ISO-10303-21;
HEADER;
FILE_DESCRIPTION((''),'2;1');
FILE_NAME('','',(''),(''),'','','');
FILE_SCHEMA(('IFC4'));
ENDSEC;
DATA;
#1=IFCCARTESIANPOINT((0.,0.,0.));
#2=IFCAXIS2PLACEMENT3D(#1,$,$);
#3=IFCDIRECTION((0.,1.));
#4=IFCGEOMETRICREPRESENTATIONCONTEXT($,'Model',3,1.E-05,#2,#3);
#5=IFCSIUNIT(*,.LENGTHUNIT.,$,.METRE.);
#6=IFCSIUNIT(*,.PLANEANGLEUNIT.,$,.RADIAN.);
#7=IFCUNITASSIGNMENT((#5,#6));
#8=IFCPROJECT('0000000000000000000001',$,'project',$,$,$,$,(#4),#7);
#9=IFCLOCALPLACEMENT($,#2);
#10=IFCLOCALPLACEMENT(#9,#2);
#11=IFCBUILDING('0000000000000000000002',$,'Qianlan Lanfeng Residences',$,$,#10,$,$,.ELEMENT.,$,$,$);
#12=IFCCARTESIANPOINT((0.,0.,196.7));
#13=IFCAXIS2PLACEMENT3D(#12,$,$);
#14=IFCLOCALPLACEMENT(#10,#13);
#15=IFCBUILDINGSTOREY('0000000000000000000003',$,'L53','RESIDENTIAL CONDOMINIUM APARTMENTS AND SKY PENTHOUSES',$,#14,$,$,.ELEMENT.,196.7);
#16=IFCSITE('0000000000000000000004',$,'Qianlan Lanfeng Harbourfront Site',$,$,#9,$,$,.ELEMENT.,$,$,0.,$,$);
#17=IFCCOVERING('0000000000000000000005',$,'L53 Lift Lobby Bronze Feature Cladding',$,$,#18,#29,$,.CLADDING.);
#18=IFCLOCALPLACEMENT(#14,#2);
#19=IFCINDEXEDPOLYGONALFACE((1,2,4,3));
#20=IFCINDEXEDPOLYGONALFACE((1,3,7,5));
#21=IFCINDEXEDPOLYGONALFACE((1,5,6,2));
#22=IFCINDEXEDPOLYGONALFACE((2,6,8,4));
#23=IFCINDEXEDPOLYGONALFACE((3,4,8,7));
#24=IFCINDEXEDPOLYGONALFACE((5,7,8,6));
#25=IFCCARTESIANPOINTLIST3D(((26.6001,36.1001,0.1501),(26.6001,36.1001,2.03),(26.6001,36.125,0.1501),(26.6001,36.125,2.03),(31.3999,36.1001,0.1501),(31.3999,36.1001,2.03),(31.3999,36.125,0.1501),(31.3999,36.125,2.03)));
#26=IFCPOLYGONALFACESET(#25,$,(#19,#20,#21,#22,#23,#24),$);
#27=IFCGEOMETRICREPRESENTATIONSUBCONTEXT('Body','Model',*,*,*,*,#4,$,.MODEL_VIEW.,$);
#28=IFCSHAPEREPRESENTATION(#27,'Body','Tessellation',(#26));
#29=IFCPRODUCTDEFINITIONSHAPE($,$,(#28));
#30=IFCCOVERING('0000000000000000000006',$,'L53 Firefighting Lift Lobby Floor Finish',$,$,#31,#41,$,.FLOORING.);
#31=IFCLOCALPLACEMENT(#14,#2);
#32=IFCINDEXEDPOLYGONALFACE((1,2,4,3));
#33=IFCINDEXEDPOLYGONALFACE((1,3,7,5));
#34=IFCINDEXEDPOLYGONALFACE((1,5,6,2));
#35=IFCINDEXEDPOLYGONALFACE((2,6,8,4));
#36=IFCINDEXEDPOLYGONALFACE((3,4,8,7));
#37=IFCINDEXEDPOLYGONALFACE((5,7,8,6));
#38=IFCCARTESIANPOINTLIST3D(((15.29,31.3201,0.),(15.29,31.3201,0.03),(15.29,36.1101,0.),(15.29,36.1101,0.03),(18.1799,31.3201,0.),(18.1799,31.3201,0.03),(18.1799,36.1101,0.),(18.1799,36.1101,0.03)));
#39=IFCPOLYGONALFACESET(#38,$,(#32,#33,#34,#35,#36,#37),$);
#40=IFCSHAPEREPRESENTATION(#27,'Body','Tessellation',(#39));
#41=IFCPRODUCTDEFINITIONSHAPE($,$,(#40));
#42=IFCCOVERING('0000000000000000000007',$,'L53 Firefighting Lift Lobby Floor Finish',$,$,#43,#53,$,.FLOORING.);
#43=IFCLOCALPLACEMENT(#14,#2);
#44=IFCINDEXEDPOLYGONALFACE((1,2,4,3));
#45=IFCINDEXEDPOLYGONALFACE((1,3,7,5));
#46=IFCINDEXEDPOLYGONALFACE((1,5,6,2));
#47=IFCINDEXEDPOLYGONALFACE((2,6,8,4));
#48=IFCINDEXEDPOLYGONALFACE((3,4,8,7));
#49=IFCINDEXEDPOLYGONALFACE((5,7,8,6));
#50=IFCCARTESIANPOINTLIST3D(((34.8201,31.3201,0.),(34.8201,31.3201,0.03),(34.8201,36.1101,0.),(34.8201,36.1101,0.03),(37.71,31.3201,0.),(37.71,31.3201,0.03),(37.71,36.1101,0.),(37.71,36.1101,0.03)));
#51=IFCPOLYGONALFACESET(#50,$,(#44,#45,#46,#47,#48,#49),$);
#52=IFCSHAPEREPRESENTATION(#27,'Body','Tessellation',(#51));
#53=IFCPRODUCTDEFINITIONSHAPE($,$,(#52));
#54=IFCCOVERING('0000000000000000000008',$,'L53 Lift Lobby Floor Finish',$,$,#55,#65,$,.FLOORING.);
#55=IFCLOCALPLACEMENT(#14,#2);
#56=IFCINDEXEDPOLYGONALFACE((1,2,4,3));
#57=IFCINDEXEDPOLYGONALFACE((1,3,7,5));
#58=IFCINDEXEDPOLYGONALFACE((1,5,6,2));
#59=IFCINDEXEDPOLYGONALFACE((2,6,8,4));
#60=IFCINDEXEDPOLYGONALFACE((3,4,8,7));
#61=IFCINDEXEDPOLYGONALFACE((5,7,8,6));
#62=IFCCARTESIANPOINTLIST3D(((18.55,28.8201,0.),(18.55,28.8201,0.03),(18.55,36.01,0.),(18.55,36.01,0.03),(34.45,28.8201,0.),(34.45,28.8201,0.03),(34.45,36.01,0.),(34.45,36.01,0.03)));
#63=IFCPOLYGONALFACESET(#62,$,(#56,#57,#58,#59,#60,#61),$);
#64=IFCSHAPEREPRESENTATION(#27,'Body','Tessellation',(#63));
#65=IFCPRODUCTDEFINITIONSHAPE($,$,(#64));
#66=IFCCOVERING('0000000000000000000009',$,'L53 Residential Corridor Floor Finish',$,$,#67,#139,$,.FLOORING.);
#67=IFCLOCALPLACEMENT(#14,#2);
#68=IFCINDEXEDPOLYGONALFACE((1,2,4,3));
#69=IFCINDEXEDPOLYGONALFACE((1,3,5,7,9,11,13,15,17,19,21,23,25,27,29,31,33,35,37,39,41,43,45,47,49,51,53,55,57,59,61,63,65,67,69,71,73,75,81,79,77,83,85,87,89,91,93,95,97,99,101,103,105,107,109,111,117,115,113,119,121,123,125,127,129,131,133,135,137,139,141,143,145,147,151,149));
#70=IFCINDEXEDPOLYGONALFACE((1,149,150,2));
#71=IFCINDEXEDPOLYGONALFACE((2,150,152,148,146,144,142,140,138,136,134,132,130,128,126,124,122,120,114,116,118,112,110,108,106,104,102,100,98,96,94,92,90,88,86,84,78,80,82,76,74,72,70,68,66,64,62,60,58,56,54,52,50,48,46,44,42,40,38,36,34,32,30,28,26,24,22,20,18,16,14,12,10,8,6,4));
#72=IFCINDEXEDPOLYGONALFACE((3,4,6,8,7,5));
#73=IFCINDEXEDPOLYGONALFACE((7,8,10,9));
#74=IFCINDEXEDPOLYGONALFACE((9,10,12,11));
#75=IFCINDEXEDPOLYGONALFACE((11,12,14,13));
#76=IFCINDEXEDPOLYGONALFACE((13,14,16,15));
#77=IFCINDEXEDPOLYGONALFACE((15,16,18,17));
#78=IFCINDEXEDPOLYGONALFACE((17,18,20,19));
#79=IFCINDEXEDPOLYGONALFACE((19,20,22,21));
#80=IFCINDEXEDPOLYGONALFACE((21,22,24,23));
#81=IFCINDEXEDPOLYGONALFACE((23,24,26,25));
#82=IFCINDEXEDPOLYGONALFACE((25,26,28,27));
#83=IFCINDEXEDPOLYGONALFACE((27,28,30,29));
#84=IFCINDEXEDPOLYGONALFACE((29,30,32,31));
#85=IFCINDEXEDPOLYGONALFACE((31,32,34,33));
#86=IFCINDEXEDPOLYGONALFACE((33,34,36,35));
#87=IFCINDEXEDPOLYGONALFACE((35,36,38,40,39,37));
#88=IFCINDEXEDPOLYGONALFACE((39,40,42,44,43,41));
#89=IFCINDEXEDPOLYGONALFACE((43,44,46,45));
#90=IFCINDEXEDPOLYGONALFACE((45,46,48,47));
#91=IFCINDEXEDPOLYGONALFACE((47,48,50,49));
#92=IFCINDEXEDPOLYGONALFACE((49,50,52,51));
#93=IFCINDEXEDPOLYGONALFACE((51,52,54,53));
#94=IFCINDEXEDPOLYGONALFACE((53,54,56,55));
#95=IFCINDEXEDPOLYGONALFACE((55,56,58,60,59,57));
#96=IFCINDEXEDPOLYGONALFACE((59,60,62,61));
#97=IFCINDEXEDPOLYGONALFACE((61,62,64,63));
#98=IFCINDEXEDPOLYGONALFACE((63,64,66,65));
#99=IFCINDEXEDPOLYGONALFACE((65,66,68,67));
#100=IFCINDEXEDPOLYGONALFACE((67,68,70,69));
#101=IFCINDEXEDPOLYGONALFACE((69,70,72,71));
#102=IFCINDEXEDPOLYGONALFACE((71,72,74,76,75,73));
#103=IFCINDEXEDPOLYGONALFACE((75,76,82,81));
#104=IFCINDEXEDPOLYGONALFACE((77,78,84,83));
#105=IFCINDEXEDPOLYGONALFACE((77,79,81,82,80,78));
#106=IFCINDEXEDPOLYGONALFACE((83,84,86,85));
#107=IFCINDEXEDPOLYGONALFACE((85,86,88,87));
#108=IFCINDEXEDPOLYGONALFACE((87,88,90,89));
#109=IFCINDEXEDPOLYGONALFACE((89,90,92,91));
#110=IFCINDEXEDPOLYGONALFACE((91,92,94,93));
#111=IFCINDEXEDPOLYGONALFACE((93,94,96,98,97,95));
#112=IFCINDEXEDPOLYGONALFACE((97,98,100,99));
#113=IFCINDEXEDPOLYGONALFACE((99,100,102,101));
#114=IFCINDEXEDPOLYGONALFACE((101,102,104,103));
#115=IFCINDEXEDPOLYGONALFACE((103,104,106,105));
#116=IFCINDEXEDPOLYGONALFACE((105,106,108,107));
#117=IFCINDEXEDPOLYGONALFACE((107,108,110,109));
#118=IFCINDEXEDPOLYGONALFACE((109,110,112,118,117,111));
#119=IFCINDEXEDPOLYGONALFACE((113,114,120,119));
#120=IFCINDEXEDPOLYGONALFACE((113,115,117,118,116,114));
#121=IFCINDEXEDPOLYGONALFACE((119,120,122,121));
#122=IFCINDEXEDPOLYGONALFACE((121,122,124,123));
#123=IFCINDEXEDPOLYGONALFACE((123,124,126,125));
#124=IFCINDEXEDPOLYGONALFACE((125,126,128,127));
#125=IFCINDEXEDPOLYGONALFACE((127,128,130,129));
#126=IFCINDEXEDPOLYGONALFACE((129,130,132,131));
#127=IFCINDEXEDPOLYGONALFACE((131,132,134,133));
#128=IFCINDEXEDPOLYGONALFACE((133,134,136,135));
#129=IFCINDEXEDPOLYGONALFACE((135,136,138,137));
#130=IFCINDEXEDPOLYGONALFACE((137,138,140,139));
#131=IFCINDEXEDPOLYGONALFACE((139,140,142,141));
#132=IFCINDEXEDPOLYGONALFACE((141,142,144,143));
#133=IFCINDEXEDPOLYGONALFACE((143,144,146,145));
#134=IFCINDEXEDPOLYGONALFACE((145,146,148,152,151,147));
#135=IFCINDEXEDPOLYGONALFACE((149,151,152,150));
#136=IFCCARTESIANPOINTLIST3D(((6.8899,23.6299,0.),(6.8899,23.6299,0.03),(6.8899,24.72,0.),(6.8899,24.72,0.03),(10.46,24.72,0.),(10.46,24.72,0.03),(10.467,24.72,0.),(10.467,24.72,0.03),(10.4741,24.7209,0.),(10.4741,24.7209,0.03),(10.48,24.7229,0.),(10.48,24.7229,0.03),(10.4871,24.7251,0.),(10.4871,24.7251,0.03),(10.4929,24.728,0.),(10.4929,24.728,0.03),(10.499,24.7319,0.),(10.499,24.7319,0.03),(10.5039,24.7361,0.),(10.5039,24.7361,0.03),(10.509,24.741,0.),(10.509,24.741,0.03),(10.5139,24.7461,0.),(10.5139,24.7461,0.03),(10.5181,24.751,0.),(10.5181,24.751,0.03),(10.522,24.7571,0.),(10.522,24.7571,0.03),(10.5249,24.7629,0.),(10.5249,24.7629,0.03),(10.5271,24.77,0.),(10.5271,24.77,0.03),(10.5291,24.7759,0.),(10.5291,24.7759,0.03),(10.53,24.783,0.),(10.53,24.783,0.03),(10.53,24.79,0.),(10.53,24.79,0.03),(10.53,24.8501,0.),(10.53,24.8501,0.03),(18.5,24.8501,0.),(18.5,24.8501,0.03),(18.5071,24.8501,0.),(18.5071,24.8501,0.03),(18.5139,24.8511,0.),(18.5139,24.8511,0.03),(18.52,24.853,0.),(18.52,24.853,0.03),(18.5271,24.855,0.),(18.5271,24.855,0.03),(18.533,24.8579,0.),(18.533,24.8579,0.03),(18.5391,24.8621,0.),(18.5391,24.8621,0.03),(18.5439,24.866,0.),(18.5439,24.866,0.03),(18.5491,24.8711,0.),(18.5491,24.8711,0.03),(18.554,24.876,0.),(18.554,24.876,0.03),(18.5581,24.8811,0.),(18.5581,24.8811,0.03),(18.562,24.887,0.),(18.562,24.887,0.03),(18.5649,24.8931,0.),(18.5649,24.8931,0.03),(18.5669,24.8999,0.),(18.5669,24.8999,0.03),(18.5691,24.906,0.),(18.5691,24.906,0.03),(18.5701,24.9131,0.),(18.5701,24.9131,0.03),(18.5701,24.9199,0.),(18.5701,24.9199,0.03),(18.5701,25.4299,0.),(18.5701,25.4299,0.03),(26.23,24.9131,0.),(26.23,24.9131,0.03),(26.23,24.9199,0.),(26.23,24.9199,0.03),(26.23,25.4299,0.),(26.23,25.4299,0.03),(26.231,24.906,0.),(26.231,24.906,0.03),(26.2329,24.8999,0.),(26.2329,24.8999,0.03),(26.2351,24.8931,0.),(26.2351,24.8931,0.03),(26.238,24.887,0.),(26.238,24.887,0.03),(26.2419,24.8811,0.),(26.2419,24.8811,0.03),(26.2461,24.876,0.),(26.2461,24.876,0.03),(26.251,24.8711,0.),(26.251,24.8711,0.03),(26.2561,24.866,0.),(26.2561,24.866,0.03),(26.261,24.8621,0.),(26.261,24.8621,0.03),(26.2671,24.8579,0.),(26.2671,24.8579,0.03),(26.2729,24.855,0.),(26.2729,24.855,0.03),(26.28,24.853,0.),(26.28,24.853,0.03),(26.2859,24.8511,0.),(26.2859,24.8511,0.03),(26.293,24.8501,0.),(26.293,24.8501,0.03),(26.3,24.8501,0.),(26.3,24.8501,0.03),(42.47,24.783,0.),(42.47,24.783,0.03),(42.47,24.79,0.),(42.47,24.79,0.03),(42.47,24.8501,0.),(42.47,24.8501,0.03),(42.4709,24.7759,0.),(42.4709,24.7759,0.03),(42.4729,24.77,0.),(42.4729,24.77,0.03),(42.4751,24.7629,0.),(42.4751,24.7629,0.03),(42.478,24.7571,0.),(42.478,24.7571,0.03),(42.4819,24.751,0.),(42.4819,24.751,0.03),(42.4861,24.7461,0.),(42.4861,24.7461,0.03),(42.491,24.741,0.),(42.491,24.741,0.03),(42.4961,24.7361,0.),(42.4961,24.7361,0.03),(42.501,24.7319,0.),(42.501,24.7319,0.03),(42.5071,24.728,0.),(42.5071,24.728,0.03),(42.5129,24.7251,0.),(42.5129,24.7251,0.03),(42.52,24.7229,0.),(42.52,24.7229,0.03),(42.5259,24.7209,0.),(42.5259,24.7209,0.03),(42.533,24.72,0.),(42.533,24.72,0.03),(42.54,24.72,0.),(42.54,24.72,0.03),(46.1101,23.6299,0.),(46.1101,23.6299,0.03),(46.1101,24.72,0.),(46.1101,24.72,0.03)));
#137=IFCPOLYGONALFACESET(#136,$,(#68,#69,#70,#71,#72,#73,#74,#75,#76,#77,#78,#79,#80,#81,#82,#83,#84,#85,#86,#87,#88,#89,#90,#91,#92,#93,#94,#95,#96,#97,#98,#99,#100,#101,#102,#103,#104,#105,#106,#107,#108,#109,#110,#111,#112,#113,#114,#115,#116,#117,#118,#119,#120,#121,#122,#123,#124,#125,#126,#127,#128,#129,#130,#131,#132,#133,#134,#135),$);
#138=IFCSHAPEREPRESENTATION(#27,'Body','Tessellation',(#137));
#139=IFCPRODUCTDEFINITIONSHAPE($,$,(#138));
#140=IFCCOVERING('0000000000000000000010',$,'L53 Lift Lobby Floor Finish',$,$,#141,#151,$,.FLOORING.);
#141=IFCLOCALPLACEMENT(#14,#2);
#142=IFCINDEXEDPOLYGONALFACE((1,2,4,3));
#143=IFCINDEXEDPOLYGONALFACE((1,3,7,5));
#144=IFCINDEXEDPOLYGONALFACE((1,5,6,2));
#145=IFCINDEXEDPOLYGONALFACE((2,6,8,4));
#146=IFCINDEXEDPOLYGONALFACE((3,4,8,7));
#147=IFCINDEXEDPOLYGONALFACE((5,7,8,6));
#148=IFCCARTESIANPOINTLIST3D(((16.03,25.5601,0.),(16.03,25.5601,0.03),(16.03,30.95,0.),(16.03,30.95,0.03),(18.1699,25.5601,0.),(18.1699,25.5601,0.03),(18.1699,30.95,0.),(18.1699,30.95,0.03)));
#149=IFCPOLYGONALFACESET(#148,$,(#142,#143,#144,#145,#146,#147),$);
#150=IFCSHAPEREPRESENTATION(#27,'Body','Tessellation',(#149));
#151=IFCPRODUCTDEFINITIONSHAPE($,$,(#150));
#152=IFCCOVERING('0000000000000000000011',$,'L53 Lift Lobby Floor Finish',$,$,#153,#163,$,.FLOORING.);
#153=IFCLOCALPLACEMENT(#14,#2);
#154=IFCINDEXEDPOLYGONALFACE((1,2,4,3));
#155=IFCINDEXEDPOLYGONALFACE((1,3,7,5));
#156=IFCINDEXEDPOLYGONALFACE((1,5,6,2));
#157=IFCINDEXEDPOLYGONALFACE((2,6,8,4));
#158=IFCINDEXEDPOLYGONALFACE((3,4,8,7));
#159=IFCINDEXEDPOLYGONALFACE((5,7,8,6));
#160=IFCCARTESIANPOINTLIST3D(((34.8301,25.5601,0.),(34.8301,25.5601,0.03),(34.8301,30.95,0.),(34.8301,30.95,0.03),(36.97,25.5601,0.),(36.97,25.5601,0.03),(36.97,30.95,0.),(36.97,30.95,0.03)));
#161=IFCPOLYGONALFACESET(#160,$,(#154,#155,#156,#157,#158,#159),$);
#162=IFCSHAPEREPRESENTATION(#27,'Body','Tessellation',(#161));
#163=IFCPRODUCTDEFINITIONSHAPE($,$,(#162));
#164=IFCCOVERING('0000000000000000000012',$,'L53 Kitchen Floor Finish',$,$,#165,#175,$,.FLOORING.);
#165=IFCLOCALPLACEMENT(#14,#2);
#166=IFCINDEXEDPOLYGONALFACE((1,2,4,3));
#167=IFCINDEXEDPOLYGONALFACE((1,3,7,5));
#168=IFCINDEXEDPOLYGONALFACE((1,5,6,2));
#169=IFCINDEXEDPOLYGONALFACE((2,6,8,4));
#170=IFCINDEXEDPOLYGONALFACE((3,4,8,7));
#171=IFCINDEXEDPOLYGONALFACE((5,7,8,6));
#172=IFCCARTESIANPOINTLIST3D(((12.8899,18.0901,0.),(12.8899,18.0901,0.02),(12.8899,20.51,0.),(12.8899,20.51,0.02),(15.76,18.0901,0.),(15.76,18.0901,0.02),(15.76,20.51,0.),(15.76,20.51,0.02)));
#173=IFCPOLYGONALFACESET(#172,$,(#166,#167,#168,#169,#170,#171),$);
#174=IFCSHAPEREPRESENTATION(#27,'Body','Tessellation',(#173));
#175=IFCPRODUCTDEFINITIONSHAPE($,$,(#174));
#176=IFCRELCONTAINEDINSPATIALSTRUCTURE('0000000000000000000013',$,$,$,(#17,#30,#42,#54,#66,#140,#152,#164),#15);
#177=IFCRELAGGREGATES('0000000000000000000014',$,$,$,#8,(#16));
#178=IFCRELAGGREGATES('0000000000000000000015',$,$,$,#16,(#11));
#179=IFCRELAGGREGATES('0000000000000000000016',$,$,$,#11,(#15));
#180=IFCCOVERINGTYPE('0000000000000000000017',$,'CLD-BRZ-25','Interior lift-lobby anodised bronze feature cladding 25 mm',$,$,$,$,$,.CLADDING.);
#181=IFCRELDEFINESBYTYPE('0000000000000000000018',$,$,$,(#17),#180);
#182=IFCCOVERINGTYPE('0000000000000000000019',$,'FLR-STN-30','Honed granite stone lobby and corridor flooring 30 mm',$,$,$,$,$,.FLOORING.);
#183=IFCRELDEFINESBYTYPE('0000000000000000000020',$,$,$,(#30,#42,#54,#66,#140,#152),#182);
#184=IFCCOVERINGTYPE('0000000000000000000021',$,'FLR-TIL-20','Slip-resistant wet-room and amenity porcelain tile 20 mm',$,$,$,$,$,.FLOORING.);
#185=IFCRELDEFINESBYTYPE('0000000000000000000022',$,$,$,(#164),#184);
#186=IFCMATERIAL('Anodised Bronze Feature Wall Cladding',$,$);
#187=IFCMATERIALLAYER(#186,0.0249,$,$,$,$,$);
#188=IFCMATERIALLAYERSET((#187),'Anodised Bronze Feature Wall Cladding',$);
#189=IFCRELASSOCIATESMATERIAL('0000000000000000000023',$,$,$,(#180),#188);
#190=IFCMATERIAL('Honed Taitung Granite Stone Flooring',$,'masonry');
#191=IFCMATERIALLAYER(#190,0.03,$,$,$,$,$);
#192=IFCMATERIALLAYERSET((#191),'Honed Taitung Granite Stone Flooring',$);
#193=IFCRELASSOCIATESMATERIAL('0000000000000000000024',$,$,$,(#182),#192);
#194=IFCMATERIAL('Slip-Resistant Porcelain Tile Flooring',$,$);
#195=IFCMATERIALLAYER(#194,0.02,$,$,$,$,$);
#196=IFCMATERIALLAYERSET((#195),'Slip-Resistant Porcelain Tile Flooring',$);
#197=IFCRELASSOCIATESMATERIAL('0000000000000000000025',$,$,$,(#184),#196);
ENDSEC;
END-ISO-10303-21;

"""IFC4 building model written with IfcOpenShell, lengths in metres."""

from ifc_helpers import new_model, si_unit, direction, frame, origin, place, context, subcontext, project, spatial, polyline, outline, extrude, material, layer, layer_set, type_object, element, save


model = new_model("IFC4")

# Units and contexts
model_context = context("Model", 3, precision=1e-05, world=origin(), true_north=direction((0.0, 1.0)))
body_context = subcontext(model_context, "Body", "Model", "MODEL_VIEW")
ifc_project = project(units=[si_unit("LENGTHUNIT", "METRE"), si_unit("PLANEANGLEUNIT", "RADIAN")], contexts=[model_context])

# Site, building, storey
site_placement = place(None, origin())
site = spatial("IfcSite", under=ifc_project, at=site_placement, Name="Qianlan Lanfeng Harbourfront Site", CompositionType="ELEMENT", RefElevation=0.0)
building_placement = place(site_placement, origin())
building = spatial("IfcBuilding", under=site, at=building_placement, Name="Qianlan Lanfeng Residences", CompositionType="ELEMENT")
storey_placement = place(building_placement, frame((0.0, 0.0, 196.7)))
storey = spatial("IfcBuildingStorey", under=building, at=storey_placement, Name="L53", Description="RESIDENTIAL CONDOMINIUM APARTMENTS AND SKY PENTHOUSES", CompositionType="ELEMENT", Elevation=196.7)

# Coverings
ifc_material_1 = material(Name="Anodised Bronze Feature Wall Cladding")
ifc_layer_1 = layer(ifc_material_1, 0.0249)
ifc_layer_set_1 = layer_set([ifc_layer_1], Name="Anodised Bronze Feature Wall Cladding")
covering_type_1 = type_object("IfcCoveringType", Name="CLD-BRZ-25", Description="Interior lift-lobby anodised bronze feature cladding 25 mm", PredefinedType="CLADDING", material=ifc_layer_set_1)
covering_1_placement = place(storey_placement, frame((0.0, 0.0, 0.1501)))
element("IfcCovering", 1, at=covering_1_placement, inside=storey, type_object=covering_type_1, Name="L53 Lift Lobby Bronze Feature Cladding", PredefinedType="CLADDING", context=body_context, shape_type="SweptSolid", body=[
    extrude(outline(polyline([(26.6001, 36.1001), (31.3999, 36.1001), (31.3999, 36.125), (26.6001, 36.125), (26.6001, 36.1001)])), origin(), (0.0, 0.0, 1.0), 1.8799),
])
ifc_material_2 = material(Name="Honed Taitung Granite Stone Flooring", Category="masonry")
ifc_layer_2 = layer(ifc_material_2, 0.03)
ifc_layer_set_2 = layer_set([ifc_layer_2], Name="Honed Taitung Granite Stone Flooring")
covering_type_2 = type_object("IfcCoveringType", Name="FLR-STN-30", Description="Honed granite stone lobby and corridor flooring 30 mm", PredefinedType="FLOORING", material=ifc_layer_set_2)
covering_2_placement = place(storey_placement, origin())
element("IfcCovering", 2, at=covering_2_placement, inside=storey, type_object=covering_type_2, Name="L53 Firefighting Lift Lobby Floor Finish", PredefinedType="FLOORING", context=body_context, shape_type="SweptSolid", body=[
    extrude(outline(polyline([(15.29, 31.3201), (18.1799, 31.3201), (18.1799, 36.1101), (15.29, 36.1101), (15.29, 31.3201)])), origin(), (0.0, 0.0, 1.0), 0.03),
])
covering_3_placement = place(storey_placement, origin())
element("IfcCovering", 3, at=covering_3_placement, inside=storey, type_object=covering_type_2, Name="L53 Firefighting Lift Lobby Floor Finish", PredefinedType="FLOORING", context=body_context, shape_type="SweptSolid", body=[
    extrude(outline(polyline([(34.8201, 31.3201), (37.71, 31.3201), (37.71, 36.1101), (34.8201, 36.1101), (34.8201, 31.3201)])), origin(), (0.0, 0.0, 1.0), 0.03),
])
covering_4_placement = place(storey_placement, origin())
element("IfcCovering", 4, at=covering_4_placement, inside=storey, type_object=covering_type_2, Name="L53 Lift Lobby Floor Finish", PredefinedType="FLOORING", context=body_context, shape_type="SweptSolid", body=[
    extrude(outline(polyline([(18.55, 28.8201), (34.45, 28.8201), (34.45, 36.01), (18.55, 36.01), (18.55, 28.8201)])), origin(), (0.0, 0.0, 1.0), 0.03),
])
covering_5_placement = place(storey_placement, origin())
element("IfcCovering", 5, at=covering_5_placement, inside=storey, type_object=covering_type_2, Name="L53 Residential Corridor Floor Finish", PredefinedType="FLOORING", context=body_context, shape_type="SweptSolid", body=[
    extrude(outline(polyline([(6.8899, 23.6299), (46.1101, 23.6299), (46.1101, 24.72), (42.54, 24.72), (42.533, 24.72), (42.5259, 24.7209), (42.52, 24.7229), (42.5129, 24.7251), (42.5071, 24.728), (42.501, 24.7319), (42.4961, 24.7361), (42.491, 24.741), (42.4861, 24.7461), (42.4819, 24.751), (42.478, 24.7571), (42.4751, 24.7629), (42.4729, 24.77), (42.4709, 24.7759), (42.47, 24.783), (42.47, 24.79), (42.47, 24.8501), (26.3, 24.8501), (26.293, 24.8501), (26.2859, 24.8511), (26.28, 24.853), (26.2729, 24.855), (26.2671, 24.8579), (26.261, 24.8621), (26.2561, 24.866), (26.251, 24.8711), (26.2461, 24.876), (26.2419, 24.8811), (26.238, 24.887), (26.2351, 24.8931), (26.2329, 24.8999), (26.231, 24.906), (26.23, 24.9131), (26.23, 24.9199), (26.23, 25.4299), (18.5701, 25.4299), (18.5701, 24.9199), (18.5701, 24.9131), (18.5691, 24.906), (18.5669, 24.8999), (18.5649, 24.8931), (18.562, 24.887), (18.5581, 24.8811), (18.554, 24.876), (18.5491, 24.8711), (18.5439, 24.866), (18.5391, 24.8621), (18.533, 24.8579), (18.5271, 24.855), (18.52, 24.853), (18.5139, 24.8511), (18.5071, 24.8501), (18.5, 24.8501), (10.53, 24.8501), (10.53, 24.79), (10.53, 24.783), (10.5291, 24.7759), (10.5271, 24.77), (10.5249, 24.7629), (10.522, 24.7571), (10.5181, 24.751), (10.5139, 24.7461), (10.509, 24.741), (10.5039, 24.7361), (10.499, 24.7319), (10.4929, 24.728), (10.4871, 24.7251), (10.48, 24.7229), (10.4741, 24.7209), (10.467, 24.72), (10.46, 24.72), (6.8899, 24.72), (6.8899, 23.6299)])), origin(), (0.0, 0.0, 1.0), 0.03),
])
covering_6_placement = place(storey_placement, origin())
element("IfcCovering", 6, at=covering_6_placement, inside=storey, type_object=covering_type_2, Name="L53 Lift Lobby Floor Finish", PredefinedType="FLOORING", context=body_context, shape_type="SweptSolid", body=[
    extrude(outline(polyline([(16.03, 25.5601), (18.1699, 25.5601), (18.1699, 30.95), (16.03, 30.95), (16.03, 25.5601)])), origin(), (0.0, 0.0, 1.0), 0.03),
])
covering_7_placement = place(storey_placement, origin())
element("IfcCovering", 7, at=covering_7_placement, inside=storey, type_object=covering_type_2, Name="L53 Lift Lobby Floor Finish", PredefinedType="FLOORING", context=body_context, shape_type="SweptSolid", body=[
    extrude(outline(polyline([(34.8301, 25.5601), (36.97, 25.5601), (36.97, 30.95), (34.8301, 30.95), (34.8301, 25.5601)])), origin(), (0.0, 0.0, 1.0), 0.03),
])
ifc_material_3 = material(Name="Slip-Resistant Porcelain Tile Flooring")
ifc_layer_3 = layer(ifc_material_3, 0.02)
ifc_layer_set_3 = layer_set([ifc_layer_3], Name="Slip-Resistant Porcelain Tile Flooring")
covering_type_3 = type_object("IfcCoveringType", Name="FLR-TIL-20", Description="Slip-resistant wet-room and amenity porcelain tile 20 mm", PredefinedType="FLOORING", material=ifc_layer_set_3)
covering_8_placement = place(storey_placement, origin())
element("IfcCovering", 8, at=covering_8_placement, inside=storey, type_object=covering_type_3, Name="L53 Kitchen Floor Finish", PredefinedType="FLOORING", context=body_context, shape_type="SweptSolid", body=[
    extrude(outline(polyline([(12.8899, 18.0901), (15.76, 18.0901), (15.76, 20.51), (12.8899, 20.51), (12.8899, 18.0901)])), origin(), (0.0, 0.0, 1.0), 0.02),
])

save(model, "model.ifc")
